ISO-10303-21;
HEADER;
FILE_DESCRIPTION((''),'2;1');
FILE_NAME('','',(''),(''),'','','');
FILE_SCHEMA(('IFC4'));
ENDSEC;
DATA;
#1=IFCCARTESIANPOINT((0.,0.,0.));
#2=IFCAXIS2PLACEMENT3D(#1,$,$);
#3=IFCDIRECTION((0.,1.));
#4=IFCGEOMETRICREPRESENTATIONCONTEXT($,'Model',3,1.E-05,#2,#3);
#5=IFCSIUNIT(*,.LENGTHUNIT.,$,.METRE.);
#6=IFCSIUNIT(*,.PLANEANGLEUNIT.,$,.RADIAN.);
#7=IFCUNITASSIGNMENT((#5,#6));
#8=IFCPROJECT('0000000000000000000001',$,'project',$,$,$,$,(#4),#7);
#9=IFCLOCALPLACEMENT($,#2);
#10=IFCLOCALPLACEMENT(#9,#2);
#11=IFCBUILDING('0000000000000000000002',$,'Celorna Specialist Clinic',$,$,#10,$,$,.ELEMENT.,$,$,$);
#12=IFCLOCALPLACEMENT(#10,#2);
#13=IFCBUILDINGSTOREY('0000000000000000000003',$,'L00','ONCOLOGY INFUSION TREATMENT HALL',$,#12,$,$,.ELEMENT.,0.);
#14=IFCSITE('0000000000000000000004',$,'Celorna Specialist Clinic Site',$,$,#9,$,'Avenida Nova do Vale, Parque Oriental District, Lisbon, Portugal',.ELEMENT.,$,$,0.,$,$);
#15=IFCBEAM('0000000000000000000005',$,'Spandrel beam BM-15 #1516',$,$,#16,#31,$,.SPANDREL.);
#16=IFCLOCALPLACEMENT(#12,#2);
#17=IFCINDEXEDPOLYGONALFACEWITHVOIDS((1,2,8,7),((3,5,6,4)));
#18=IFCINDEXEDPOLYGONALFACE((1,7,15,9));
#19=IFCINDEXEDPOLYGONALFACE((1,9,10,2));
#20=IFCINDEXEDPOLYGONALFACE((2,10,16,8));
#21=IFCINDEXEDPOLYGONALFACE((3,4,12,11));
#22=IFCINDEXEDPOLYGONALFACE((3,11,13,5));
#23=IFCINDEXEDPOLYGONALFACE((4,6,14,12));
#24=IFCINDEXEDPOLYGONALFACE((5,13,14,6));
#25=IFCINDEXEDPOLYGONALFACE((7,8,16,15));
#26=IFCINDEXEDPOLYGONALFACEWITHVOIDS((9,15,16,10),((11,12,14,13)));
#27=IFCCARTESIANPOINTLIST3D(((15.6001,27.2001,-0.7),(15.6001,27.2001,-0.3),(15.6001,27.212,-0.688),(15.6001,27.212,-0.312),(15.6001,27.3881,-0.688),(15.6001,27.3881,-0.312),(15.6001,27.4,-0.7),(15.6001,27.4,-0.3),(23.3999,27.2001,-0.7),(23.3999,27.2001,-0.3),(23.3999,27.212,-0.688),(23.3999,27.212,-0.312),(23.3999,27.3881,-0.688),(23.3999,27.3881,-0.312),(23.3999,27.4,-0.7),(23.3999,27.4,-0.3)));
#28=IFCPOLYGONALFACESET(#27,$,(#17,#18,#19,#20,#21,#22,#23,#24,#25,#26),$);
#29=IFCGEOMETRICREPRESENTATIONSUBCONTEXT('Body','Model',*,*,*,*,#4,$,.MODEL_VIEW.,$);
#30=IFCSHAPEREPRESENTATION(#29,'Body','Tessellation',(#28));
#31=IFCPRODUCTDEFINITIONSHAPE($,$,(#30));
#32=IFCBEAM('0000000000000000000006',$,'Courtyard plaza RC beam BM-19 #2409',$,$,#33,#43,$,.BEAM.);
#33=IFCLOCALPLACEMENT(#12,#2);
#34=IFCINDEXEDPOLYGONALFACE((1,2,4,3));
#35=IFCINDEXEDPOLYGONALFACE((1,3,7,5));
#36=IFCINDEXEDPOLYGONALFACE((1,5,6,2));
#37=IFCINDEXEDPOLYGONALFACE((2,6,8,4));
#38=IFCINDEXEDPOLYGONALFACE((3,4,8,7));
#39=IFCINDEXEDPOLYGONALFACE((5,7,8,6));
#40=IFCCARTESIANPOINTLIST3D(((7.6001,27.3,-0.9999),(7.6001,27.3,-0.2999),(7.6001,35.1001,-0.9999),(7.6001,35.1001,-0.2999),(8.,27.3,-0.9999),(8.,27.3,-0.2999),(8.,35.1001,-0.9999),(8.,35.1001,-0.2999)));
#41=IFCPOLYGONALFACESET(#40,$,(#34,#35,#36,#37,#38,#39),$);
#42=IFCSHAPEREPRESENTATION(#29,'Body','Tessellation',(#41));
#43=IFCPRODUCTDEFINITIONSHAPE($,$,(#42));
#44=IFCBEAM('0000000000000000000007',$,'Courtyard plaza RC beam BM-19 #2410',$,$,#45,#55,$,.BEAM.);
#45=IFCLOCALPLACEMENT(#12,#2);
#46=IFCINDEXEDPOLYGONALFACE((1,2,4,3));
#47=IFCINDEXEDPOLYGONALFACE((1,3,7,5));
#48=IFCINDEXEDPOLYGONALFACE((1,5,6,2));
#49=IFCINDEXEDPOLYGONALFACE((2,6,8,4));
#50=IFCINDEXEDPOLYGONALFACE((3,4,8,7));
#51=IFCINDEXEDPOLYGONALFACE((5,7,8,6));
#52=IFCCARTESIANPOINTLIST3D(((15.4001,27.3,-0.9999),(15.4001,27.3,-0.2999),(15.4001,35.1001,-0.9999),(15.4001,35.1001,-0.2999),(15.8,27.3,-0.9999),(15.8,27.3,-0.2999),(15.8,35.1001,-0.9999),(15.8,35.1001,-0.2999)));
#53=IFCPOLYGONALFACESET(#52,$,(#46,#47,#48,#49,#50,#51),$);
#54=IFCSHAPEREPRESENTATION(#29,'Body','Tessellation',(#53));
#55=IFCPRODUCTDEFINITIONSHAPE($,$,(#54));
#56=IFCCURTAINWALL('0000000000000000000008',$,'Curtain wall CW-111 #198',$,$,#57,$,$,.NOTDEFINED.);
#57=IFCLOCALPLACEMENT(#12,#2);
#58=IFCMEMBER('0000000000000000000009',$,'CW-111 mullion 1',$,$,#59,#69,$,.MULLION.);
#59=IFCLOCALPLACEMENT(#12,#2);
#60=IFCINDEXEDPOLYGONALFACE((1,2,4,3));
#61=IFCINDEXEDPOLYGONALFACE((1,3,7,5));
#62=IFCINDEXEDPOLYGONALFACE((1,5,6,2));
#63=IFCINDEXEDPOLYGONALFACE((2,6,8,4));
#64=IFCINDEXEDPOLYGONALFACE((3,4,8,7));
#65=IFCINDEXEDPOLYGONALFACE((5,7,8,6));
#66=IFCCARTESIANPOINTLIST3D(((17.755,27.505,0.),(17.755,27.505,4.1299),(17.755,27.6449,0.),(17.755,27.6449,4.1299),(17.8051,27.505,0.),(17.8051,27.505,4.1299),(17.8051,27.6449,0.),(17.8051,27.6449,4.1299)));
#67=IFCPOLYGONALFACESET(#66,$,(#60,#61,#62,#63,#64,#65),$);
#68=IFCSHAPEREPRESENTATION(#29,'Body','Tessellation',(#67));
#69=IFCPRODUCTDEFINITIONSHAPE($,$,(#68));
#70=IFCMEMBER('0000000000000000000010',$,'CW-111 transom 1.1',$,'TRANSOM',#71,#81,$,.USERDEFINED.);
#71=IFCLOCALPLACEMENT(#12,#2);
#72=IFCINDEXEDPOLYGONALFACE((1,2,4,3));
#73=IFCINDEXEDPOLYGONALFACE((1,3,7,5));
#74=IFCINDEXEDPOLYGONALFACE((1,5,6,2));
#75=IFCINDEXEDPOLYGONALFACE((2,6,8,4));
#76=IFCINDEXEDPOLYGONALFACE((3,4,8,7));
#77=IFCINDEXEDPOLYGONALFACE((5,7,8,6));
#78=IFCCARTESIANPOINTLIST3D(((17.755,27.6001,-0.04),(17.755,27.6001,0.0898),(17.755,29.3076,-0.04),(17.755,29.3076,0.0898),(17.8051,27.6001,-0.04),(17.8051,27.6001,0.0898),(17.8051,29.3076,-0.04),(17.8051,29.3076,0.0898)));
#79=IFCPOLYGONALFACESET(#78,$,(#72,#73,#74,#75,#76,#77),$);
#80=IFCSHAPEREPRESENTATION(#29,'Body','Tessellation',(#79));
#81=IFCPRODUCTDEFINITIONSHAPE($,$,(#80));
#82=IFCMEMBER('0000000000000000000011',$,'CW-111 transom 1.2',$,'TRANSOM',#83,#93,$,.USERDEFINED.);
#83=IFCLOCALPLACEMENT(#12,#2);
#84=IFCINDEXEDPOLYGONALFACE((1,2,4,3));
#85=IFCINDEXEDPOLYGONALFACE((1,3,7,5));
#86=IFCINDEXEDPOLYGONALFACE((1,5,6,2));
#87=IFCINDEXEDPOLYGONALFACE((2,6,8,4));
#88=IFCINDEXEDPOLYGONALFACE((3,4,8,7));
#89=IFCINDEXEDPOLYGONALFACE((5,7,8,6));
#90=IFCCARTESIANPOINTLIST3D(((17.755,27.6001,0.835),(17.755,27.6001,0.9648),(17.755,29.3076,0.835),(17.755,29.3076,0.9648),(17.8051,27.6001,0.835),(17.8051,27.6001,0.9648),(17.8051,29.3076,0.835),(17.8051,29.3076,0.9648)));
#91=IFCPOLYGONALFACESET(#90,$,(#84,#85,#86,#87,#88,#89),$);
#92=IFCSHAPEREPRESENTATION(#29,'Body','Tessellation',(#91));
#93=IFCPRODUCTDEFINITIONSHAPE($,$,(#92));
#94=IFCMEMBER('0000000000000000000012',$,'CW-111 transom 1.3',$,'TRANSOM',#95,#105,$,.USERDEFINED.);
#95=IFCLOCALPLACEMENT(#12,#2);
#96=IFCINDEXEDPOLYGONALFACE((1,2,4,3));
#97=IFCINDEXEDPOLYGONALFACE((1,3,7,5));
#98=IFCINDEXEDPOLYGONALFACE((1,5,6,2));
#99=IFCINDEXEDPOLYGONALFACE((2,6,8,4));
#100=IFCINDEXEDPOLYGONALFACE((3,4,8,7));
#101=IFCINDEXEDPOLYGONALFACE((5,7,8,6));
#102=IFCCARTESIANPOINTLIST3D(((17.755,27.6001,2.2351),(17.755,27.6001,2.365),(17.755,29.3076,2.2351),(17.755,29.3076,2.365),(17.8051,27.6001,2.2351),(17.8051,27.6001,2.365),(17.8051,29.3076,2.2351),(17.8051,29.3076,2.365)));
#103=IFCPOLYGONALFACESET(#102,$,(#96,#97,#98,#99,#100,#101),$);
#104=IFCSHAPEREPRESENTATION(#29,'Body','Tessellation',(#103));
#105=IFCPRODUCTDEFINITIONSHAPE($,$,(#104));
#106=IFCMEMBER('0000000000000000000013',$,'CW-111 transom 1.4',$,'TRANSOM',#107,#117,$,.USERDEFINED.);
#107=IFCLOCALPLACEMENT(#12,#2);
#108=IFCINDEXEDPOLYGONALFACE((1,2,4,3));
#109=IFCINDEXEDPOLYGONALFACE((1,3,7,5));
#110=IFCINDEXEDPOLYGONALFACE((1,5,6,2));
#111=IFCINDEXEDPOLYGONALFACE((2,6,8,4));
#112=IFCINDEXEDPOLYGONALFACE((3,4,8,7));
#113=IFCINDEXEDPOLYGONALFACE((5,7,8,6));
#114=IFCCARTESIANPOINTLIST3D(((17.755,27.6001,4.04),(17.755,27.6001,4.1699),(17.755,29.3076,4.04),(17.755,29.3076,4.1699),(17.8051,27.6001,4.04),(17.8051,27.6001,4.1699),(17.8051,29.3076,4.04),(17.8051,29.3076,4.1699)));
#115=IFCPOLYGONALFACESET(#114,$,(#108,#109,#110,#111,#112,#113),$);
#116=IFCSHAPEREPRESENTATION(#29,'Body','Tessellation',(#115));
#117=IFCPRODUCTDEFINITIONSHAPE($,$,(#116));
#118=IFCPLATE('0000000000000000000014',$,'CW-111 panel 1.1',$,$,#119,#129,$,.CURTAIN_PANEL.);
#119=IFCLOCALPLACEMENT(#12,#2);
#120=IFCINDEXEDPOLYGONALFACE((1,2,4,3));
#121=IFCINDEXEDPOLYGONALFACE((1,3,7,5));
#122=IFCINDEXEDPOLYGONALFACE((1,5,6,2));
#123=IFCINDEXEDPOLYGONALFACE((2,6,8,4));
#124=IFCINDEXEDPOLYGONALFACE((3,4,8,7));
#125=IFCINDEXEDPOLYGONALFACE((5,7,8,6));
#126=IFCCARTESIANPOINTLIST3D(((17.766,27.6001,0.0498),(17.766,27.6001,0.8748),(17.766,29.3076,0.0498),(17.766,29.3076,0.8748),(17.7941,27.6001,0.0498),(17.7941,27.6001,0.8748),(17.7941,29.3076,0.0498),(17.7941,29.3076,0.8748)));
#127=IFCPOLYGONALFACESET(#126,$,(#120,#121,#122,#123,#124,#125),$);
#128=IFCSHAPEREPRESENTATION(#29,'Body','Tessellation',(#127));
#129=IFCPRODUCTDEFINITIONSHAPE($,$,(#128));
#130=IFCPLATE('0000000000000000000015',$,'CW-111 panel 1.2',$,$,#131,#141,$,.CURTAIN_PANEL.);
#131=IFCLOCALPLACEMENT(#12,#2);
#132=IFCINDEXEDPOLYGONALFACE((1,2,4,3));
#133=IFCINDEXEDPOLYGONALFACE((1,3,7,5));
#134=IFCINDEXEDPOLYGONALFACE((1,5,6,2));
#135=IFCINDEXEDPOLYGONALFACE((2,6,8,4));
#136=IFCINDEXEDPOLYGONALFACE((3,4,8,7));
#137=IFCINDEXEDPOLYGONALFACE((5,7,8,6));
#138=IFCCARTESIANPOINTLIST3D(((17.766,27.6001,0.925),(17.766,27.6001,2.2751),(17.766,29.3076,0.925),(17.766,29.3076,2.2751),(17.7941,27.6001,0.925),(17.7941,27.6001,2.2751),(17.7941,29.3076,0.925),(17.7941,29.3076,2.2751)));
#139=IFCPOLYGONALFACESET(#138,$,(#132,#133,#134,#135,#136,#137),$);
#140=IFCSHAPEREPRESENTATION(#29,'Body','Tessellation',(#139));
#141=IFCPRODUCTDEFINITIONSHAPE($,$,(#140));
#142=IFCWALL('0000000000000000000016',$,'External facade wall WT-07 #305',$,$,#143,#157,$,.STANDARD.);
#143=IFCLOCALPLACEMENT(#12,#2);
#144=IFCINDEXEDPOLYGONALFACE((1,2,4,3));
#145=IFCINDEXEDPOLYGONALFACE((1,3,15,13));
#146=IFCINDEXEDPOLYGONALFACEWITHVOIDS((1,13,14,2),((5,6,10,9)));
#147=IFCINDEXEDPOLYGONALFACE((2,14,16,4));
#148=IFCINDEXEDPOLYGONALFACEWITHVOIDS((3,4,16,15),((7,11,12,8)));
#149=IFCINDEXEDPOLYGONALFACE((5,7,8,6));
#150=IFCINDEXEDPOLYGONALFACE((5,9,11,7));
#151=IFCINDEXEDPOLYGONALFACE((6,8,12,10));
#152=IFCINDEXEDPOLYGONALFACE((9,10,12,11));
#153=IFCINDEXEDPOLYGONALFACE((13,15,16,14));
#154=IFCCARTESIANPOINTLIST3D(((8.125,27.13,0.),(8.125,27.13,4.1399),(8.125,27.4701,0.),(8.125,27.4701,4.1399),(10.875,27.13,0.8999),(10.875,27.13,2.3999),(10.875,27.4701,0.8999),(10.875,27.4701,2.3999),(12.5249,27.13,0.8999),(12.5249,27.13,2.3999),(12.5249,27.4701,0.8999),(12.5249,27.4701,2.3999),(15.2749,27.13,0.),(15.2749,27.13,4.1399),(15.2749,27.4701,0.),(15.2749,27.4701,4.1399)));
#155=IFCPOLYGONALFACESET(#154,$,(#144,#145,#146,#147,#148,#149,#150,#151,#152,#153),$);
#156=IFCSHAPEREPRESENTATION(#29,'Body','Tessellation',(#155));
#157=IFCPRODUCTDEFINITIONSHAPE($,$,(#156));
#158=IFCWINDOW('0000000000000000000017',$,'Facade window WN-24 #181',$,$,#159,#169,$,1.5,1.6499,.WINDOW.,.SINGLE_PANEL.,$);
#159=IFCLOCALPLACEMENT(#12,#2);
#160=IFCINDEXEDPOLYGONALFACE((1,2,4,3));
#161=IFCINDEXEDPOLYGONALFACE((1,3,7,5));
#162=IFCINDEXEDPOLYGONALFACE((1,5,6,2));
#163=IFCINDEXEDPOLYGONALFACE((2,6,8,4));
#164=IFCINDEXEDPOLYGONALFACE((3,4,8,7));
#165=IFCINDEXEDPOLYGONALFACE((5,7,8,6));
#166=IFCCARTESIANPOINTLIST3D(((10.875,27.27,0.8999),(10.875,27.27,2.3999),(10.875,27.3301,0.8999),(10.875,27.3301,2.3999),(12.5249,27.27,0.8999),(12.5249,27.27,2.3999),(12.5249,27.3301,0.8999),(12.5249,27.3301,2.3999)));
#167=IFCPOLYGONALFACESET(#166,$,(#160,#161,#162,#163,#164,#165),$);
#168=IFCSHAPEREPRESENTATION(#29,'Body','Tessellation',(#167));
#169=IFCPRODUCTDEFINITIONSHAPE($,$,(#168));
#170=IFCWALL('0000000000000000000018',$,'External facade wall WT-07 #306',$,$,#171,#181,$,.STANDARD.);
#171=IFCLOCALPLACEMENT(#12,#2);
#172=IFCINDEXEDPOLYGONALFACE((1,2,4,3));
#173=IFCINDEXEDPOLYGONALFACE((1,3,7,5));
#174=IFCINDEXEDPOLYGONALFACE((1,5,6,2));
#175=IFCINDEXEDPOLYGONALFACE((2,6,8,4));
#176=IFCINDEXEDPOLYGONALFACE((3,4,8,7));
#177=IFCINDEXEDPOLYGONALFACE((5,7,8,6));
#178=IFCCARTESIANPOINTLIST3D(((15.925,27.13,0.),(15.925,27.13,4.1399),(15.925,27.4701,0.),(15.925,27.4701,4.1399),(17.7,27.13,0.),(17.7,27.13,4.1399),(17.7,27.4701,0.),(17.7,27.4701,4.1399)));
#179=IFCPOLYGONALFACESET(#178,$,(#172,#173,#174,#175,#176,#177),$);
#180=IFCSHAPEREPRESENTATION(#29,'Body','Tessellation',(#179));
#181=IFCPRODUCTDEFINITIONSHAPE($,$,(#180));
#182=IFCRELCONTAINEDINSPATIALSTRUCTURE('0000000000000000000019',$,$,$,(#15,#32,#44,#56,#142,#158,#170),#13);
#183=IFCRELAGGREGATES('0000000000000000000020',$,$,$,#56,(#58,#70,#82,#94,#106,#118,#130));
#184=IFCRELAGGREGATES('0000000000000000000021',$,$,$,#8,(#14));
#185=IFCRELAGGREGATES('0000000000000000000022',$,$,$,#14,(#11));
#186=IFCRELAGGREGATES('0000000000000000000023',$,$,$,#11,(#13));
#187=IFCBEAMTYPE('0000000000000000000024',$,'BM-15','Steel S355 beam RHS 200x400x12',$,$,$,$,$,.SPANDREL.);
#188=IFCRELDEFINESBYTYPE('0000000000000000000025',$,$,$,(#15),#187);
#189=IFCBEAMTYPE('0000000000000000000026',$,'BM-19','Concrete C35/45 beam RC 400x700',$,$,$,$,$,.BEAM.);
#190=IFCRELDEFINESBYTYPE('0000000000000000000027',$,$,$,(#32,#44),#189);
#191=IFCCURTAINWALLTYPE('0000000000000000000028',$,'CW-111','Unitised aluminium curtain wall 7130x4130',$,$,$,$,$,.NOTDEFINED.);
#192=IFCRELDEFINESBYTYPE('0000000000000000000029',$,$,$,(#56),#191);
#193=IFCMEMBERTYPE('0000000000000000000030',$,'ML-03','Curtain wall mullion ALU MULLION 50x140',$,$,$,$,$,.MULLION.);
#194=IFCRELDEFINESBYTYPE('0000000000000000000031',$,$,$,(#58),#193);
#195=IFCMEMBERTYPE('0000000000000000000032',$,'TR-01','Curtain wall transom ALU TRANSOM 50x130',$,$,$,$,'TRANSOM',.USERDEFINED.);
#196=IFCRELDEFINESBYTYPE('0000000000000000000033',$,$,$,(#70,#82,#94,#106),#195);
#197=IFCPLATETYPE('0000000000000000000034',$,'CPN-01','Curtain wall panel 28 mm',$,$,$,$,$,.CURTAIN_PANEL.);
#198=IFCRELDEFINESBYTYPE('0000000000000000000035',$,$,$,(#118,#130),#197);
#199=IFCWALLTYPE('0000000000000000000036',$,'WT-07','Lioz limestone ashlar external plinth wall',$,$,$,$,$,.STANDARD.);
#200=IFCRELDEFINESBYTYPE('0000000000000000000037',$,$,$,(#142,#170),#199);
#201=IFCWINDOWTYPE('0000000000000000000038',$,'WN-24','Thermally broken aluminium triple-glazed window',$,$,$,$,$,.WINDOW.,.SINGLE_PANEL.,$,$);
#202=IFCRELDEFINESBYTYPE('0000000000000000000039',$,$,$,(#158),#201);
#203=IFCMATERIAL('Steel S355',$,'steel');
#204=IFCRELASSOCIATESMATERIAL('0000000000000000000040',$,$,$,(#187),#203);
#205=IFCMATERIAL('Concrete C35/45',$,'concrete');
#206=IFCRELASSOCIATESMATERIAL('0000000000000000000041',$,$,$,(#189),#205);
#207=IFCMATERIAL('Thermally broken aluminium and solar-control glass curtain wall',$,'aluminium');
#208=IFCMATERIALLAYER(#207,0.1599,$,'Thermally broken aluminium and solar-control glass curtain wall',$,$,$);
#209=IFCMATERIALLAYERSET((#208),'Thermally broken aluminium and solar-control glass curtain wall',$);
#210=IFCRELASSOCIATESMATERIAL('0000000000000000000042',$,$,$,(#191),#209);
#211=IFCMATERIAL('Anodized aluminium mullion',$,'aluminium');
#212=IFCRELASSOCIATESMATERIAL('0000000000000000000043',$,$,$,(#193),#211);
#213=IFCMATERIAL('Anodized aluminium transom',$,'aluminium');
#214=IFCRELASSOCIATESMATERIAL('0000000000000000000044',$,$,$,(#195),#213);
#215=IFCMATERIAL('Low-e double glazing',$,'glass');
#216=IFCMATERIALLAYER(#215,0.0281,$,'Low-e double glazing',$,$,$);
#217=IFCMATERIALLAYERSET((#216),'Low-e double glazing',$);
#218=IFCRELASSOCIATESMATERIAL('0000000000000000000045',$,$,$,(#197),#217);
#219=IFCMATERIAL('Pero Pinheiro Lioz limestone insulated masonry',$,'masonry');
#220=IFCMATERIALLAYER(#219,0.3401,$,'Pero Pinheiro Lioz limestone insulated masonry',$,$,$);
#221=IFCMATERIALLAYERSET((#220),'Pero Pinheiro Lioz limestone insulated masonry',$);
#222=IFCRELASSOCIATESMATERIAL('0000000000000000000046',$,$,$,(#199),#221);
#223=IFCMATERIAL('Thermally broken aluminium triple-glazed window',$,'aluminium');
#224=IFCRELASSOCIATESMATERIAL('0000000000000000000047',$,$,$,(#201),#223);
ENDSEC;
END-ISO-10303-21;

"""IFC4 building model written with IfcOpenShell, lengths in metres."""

from ifc_helpers import new_model, si_unit, direction, frame, frame_2d, origin, origin_2d, place, context, subcontext, project, spatial, rectangle, hollow_rectangle, extrude, material, layer, layer_set, material_profile, profile_set, type_object, element, fill, aggregate, save


model = new_model("IFC4")

# Units and contexts
model_context = context("Model", 3, precision=1e-05, world=origin(), true_north=direction((0.0, 1.0)))
body_context = subcontext(model_context, "Body", "Model", "MODEL_VIEW")
ifc_project = project(units=[si_unit("LENGTHUNIT", "METRE"), si_unit("PLANEANGLEUNIT", "RADIAN")], contexts=[model_context])

# Site, building, storey
site_placement = place(None, origin())
site = spatial("IfcSite", under=ifc_project, at=site_placement, Name="Celorna Specialist Clinic Site", LongName="Avenida Nova do Vale, Parque Oriental District, Lisbon, Portugal", CompositionType="ELEMENT", RefElevation=0.0)
building_placement = place(site_placement, origin())
building = spatial("IfcBuilding", under=site, at=building_placement, Name="Celorna Specialist Clinic", CompositionType="ELEMENT")
storey_placement = place(building_placement, origin())
storey = spatial("IfcBuildingStorey", under=building, at=storey_placement, Name="L00", Description="ONCOLOGY INFUSION TREATMENT HALL", CompositionType="ELEMENT", Elevation=0.0)

# Beams
ifc_material_1 = material(Name="Steel S355", Category="steel")
ifc_material_profile_1 = material_profile(ifc_material_1, hollow_rectangle(XDim=0.2, YDim=0.3999, WallThickness=0.012, at=origin_2d()), Name="RHS 200x400x12")
ifc_profile_set_1 = profile_set([ifc_material_profile_1], Name="Steel S355")
beam_type_1 = type_object("IfcBeamType", Name="BM-15", Description="Steel S355 beam RHS 200x400x12", PredefinedType="SPANDREL", material=ifc_profile_set_1)
beam_1_placement = place(storey_placement, frame((15.6001, 27.3, -0.5), z_axis=(1.0, 0.0, 0.0), x_axis=(0.0, 1.0, 0.0)))
element("IfcBeam", 1, at=beam_1_placement, inside=storey, type_object=beam_type_1, Name="Spandrel beam BM-15 #1516", PredefinedType="SPANDREL", context=body_context, shape_type="SweptSolid", body=[
    extrude(hollow_rectangle(XDim=0.2, YDim=0.3999, WallThickness=0.012, at=origin_2d()), origin(), (0.0, 0.0, 1.0), 7.7998),
])
ifc_material_2 = material(Name="Concrete C35/45", Category="concrete")
ifc_material_profile_2 = material_profile(ifc_material_2, rectangle(XDim=0.3999, YDim=0.7, at=origin_2d()), Name="RC 400x700")
ifc_profile_set_2 = profile_set([ifc_material_profile_2], Name="Concrete C35/45")
beam_type_2 = type_object("IfcBeamType", Name="BM-19", Description="Concrete C35/45 beam RC 400x700", PredefinedType="BEAM", material=ifc_profile_set_2)
for number, where, z_axis, x_axis, name in (
    (2, (7.8, 27.3, -0.6499), (0.0, 1.0, 0.0), (-1.0, 0.0, 0.0), "Courtyard plaza RC beam BM-19 #2409"),
    (3, (15.6001, 27.3, -0.6499), (0.0, 1.0, 0.0), (-1.0, 0.0, 0.0), "Courtyard plaza RC beam BM-19 #2410"),
):
    element("IfcBeam", number, at=place(storey_placement, frame(where, z_axis=z_axis, x_axis=x_axis)), inside=storey, type_object=beam_type_2, Name=name, PredefinedType="BEAM", context=body_context, shape_type="SweptSolid", body=[
        extrude(rectangle(XDim=0.3999, YDim=0.7, at=origin_2d()), origin(), (0.0, 0.0, 1.0), 7.8),
    ])

# Curtain wall, members, plates
ifc_material_3 = material(Name="Thermally broken aluminium and solar-control glass curtain wall", Category="aluminium")
ifc_layer_1 = layer(ifc_material_3, 0.1599, Name="Thermally broken aluminium and solar-control glass curtain wall")
ifc_layer_set_1 = layer_set([ifc_layer_1], Name="Thermally broken aluminium and solar-control glass curtain wall")
curtain_wall_type = type_object("IfcCurtainWallType", Name="CW-111", Description="Unitised aluminium curtain wall 7130x4130", PredefinedType="NOTDEFINED", material=ifc_layer_set_1)
curtain_wall_placement = place(storey_placement, origin())
curtain_wall = element("IfcCurtainWall", 4, at=curtain_wall_placement, inside=storey, type_object=curtain_wall_type, Name="Curtain wall CW-111 #198", PredefinedType="NOTDEFINED")
ifc_material_4 = material(Name="Anodized aluminium mullion", Category="aluminium")
ifc_material_profile_3 = material_profile(ifc_material_4, rectangle(XDim=0.05, YDim=0.1399, at=origin_2d()), Name="ALU MULLION 50x140")
ifc_profile_set_3 = profile_set([ifc_material_profile_3], Name="Anodized aluminium mullion")
member_type_1 = type_object("IfcMemberType", Name="ML-03", Description="Curtain wall mullion ALU MULLION 50x140", PredefinedType="MULLION", material=ifc_profile_set_3)
member_1_placement = place(storey_placement, frame((17.78, 27.575, 0.0), z_axis=(0.0, 0.0, 1.0), x_axis=(-1.0, 0.0, 0.0)))
member_1 = element("IfcMember", 5, at=member_1_placement, type_object=member_type_1, Name="CW-111 mullion 1", PredefinedType="MULLION", context=body_context, shape_type="SweptSolid", body=[
    extrude(rectangle(XDim=0.05, YDim=0.1399, at=origin_2d()), origin(), (0.0, 0.0, 1.0), 4.1299),
])
ifc_material_5 = material(Name="Anodized aluminium transom", Category="aluminium")
ifc_material_profile_4 = material_profile(ifc_material_5, rectangle(XDim=0.05, YDim=0.1299, at=origin_2d()), Name="ALU TRANSOM 50x130")
ifc_profile_set_4 = profile_set([ifc_material_profile_4], Name="Anodized aluminium transom")
member_type_2 = type_object("IfcMemberType", Name="TR-01", Description="Curtain wall transom ALU TRANSOM 50x130", ElementType="TRANSOM", PredefinedType="USERDEFINED", material=ifc_profile_set_4)
member_2_placement = place(storey_placement, frame((17.78, 27.6001, 0.0249), z_axis=(0.0, 1.0, 0.0), x_axis=(-1.0, 0.0, 0.0)))
member_2 = element("IfcMember", 6, at=member_2_placement, type_object=member_type_2, Name="CW-111 transom 1.1", ObjectType="TRANSOM", PredefinedType="USERDEFINED", context=body_context, shape_type="SweptSolid", body=[
    extrude(rectangle(XDim=0.05, YDim=0.1299, at=origin_2d()), origin(), (0.0, 0.0, 1.0), 1.7075),
])
member_3_placement = place(storey_placement, frame((17.78, 27.6001, 0.8999), z_axis=(0.0, 1.0, 0.0), x_axis=(-1.0, 0.0, 0.0)))
member_3 = element("IfcMember", 7, at=member_3_placement, type_object=member_type_2, Name="CW-111 transom 1.2", ObjectType="TRANSOM", PredefinedType="USERDEFINED", context=body_context, shape_type="SweptSolid", body=[
    extrude(rectangle(XDim=0.05, YDim=0.1299, at=origin_2d()), origin(), (0.0, 0.0, 1.0), 1.7075),
])
member_4_placement = place(storey_placement, frame((17.78, 27.6001, 2.3), z_axis=(0.0, 1.0, 0.0), x_axis=(-1.0, 0.0, 0.0)))
member_4 = element("IfcMember", 8, at=member_4_placement, type_object=member_type_2, Name="CW-111 transom 1.3", ObjectType="TRANSOM", PredefinedType="USERDEFINED", context=body_context, shape_type="SweptSolid", body=[
    extrude(rectangle(XDim=0.05, YDim=0.1299, at=origin_2d()), origin(), (0.0, 0.0, 1.0), 1.7075),
])
member_5_placement = place(storey_placement, frame((17.78, 27.6001, 4.105), z_axis=(0.0, 1.0, 0.0), x_axis=(-1.0, 0.0, 0.0)))
member_5 = element("IfcMember", 9, at=member_5_placement, type_object=member_type_2, Name="CW-111 transom 1.4", ObjectType="TRANSOM", PredefinedType="USERDEFINED", context=body_context, shape_type="SweptSolid", body=[
    extrude(rectangle(XDim=0.05, YDim=0.1299, at=origin_2d()), origin(), (0.0, 0.0, 1.0), 1.7075),
])
ifc_material_6 = material(Name="Low-e double glazing", Category="glass")
ifc_layer_2 = layer(ifc_material_6, 0.0281, Name="Low-e double glazing")
ifc_layer_set_2 = layer_set([ifc_layer_2], Name="Low-e double glazing")
plate_type = type_object("IfcPlateType", Name="CPN-01", Description="Curtain wall panel 28 mm", PredefinedType="CURTAIN_PANEL", material=ifc_layer_set_2)
plate_1_placement = place(storey_placement, frame((17.78, 28.4539, 0.0498), z_axis=(0.0, 0.0, 1.0), x_axis=(0.0, 1.0, 0.0)))
plate_1 = element("IfcPlate", 10, at=plate_1_placement, type_object=plate_type, Name="CW-111 panel 1.1", PredefinedType="CURTAIN_PANEL", context=body_context, shape_type="SweptSolid", body=[
    extrude(rectangle(XDim=1.7075, YDim=0.0281, at=origin_2d()), origin(), (0.0, 0.0, 1.0), 0.825),
])
plate_2_placement = place(storey_placement, frame((17.78, 28.4539, 0.925), z_axis=(0.0, 0.0, 1.0), x_axis=(0.0, 1.0, 0.0)))
plate_2 = element("IfcPlate", 11, at=plate_2_placement, type_object=plate_type, Name="CW-111 panel 1.2", PredefinedType="CURTAIN_PANEL", context=body_context, shape_type="SweptSolid", body=[
    extrude(rectangle(XDim=1.7075, YDim=0.0281, at=origin_2d()), origin(), (0.0, 0.0, 1.0), 1.3501),
])
aggregate(curtain_wall, [member_1, member_2, member_3, member_4, member_5, plate_1, plate_2])

# Wall, opening, window
ifc_material_7 = material(Name="Pero Pinheiro Lioz limestone insulated masonry", Category="masonry")
ifc_layer_3 = layer(ifc_material_7, 0.3401, Name="Pero Pinheiro Lioz limestone insulated masonry")
ifc_layer_set_3 = layer_set([ifc_layer_3], Name="Pero Pinheiro Lioz limestone insulated masonry")
wall_type_1 = type_object("IfcWallType", Name="WT-07", Description="Lioz limestone ashlar external plinth wall", PredefinedType="STANDARD", material=ifc_layer_set_3)
wall_1_placement = place(storey_placement, frame((8.125, 27.3, 0.0), z_axis=(0.0, 0.0, 1.0), x_axis=(1.0, 0.0, 0.0)))
wall_1 = element("IfcWall", 12, at=wall_1_placement, inside=storey, type_object=wall_type_1, Name="External facade wall WT-07 #305", PredefinedType="STANDARD", context=body_context, shape_type="SweptSolid", body=[
    extrude(rectangle(XDim=7.1499, YDim=0.3401, at=frame_2d((3.575, 0.0))), origin(), (0.0, 0.0, 1.0), 4.1399),
])
opening_1_placement = place(wall_1_placement, frame((2.75, 0.0, 0.8999)))
opening_1 = element("IfcOpeningElement", 13, at=opening_1_placement, cuts=wall_1, PredefinedType="OPENING", context=body_context, shape_type="SweptSolid", body=[
    extrude(rectangle(XDim=1.6499, YDim=1.5, at=frame_2d((0.825, 0.75))), frame((0.0, 0.1799, 0.0), z_axis=(0.0, -1.0, 0.0), x_axis=(1.0, 0.0, 0.0)), (0.0, 0.0, 1.0), 0.3601),
])
ifc_material_8 = material(Name="Thermally broken aluminium triple-glazed window", Category="aluminium")
window_type = type_object("IfcWindowType", Name="WN-24", Description="Thermally broken aluminium triple-glazed window", PartitioningType="SINGLE_PANEL", PredefinedType="WINDOW", material=ifc_material_8)
window_placement = place(opening_1_placement, origin())
window = element("IfcWindow", 14, at=window_placement, inside=storey, type_object=window_type, Name="Facade window WN-24 #181", OverallHeight=1.5, OverallWidth=1.6499, PartitioningType="SINGLE_PANEL", PredefinedType="WINDOW", context=body_context, shape_type="SweptSolid", body=[
    extrude(rectangle(XDim=1.6499, YDim=1.5, at=frame_2d((0.825, 0.75))), frame((0.0, 0.03, 0.0), z_axis=(0.0, -1.0, 0.0), x_axis=(1.0, 0.0, 0.0)), (0.0, 0.0, 1.0), 0.0601),
])
fill(opening_1, window)

# Wall
wall_2_placement = place(storey_placement, frame((15.925, 27.3, 0.0), z_axis=(0.0, 0.0, 1.0), x_axis=(1.0, 0.0, 0.0)))
element("IfcWall", 15, at=wall_2_placement, inside=storey, type_object=wall_type_1, Name="External facade wall WT-07 #306", PredefinedType="STANDARD", context=body_context, shape_type="SweptSolid", body=[
    extrude(rectangle(XDim=1.7749, YDim=0.3401, at=frame_2d((0.8875, 0.0))), origin(), (0.0, 0.0, 1.0), 4.1399),
])

save(model, "model.ifc")
